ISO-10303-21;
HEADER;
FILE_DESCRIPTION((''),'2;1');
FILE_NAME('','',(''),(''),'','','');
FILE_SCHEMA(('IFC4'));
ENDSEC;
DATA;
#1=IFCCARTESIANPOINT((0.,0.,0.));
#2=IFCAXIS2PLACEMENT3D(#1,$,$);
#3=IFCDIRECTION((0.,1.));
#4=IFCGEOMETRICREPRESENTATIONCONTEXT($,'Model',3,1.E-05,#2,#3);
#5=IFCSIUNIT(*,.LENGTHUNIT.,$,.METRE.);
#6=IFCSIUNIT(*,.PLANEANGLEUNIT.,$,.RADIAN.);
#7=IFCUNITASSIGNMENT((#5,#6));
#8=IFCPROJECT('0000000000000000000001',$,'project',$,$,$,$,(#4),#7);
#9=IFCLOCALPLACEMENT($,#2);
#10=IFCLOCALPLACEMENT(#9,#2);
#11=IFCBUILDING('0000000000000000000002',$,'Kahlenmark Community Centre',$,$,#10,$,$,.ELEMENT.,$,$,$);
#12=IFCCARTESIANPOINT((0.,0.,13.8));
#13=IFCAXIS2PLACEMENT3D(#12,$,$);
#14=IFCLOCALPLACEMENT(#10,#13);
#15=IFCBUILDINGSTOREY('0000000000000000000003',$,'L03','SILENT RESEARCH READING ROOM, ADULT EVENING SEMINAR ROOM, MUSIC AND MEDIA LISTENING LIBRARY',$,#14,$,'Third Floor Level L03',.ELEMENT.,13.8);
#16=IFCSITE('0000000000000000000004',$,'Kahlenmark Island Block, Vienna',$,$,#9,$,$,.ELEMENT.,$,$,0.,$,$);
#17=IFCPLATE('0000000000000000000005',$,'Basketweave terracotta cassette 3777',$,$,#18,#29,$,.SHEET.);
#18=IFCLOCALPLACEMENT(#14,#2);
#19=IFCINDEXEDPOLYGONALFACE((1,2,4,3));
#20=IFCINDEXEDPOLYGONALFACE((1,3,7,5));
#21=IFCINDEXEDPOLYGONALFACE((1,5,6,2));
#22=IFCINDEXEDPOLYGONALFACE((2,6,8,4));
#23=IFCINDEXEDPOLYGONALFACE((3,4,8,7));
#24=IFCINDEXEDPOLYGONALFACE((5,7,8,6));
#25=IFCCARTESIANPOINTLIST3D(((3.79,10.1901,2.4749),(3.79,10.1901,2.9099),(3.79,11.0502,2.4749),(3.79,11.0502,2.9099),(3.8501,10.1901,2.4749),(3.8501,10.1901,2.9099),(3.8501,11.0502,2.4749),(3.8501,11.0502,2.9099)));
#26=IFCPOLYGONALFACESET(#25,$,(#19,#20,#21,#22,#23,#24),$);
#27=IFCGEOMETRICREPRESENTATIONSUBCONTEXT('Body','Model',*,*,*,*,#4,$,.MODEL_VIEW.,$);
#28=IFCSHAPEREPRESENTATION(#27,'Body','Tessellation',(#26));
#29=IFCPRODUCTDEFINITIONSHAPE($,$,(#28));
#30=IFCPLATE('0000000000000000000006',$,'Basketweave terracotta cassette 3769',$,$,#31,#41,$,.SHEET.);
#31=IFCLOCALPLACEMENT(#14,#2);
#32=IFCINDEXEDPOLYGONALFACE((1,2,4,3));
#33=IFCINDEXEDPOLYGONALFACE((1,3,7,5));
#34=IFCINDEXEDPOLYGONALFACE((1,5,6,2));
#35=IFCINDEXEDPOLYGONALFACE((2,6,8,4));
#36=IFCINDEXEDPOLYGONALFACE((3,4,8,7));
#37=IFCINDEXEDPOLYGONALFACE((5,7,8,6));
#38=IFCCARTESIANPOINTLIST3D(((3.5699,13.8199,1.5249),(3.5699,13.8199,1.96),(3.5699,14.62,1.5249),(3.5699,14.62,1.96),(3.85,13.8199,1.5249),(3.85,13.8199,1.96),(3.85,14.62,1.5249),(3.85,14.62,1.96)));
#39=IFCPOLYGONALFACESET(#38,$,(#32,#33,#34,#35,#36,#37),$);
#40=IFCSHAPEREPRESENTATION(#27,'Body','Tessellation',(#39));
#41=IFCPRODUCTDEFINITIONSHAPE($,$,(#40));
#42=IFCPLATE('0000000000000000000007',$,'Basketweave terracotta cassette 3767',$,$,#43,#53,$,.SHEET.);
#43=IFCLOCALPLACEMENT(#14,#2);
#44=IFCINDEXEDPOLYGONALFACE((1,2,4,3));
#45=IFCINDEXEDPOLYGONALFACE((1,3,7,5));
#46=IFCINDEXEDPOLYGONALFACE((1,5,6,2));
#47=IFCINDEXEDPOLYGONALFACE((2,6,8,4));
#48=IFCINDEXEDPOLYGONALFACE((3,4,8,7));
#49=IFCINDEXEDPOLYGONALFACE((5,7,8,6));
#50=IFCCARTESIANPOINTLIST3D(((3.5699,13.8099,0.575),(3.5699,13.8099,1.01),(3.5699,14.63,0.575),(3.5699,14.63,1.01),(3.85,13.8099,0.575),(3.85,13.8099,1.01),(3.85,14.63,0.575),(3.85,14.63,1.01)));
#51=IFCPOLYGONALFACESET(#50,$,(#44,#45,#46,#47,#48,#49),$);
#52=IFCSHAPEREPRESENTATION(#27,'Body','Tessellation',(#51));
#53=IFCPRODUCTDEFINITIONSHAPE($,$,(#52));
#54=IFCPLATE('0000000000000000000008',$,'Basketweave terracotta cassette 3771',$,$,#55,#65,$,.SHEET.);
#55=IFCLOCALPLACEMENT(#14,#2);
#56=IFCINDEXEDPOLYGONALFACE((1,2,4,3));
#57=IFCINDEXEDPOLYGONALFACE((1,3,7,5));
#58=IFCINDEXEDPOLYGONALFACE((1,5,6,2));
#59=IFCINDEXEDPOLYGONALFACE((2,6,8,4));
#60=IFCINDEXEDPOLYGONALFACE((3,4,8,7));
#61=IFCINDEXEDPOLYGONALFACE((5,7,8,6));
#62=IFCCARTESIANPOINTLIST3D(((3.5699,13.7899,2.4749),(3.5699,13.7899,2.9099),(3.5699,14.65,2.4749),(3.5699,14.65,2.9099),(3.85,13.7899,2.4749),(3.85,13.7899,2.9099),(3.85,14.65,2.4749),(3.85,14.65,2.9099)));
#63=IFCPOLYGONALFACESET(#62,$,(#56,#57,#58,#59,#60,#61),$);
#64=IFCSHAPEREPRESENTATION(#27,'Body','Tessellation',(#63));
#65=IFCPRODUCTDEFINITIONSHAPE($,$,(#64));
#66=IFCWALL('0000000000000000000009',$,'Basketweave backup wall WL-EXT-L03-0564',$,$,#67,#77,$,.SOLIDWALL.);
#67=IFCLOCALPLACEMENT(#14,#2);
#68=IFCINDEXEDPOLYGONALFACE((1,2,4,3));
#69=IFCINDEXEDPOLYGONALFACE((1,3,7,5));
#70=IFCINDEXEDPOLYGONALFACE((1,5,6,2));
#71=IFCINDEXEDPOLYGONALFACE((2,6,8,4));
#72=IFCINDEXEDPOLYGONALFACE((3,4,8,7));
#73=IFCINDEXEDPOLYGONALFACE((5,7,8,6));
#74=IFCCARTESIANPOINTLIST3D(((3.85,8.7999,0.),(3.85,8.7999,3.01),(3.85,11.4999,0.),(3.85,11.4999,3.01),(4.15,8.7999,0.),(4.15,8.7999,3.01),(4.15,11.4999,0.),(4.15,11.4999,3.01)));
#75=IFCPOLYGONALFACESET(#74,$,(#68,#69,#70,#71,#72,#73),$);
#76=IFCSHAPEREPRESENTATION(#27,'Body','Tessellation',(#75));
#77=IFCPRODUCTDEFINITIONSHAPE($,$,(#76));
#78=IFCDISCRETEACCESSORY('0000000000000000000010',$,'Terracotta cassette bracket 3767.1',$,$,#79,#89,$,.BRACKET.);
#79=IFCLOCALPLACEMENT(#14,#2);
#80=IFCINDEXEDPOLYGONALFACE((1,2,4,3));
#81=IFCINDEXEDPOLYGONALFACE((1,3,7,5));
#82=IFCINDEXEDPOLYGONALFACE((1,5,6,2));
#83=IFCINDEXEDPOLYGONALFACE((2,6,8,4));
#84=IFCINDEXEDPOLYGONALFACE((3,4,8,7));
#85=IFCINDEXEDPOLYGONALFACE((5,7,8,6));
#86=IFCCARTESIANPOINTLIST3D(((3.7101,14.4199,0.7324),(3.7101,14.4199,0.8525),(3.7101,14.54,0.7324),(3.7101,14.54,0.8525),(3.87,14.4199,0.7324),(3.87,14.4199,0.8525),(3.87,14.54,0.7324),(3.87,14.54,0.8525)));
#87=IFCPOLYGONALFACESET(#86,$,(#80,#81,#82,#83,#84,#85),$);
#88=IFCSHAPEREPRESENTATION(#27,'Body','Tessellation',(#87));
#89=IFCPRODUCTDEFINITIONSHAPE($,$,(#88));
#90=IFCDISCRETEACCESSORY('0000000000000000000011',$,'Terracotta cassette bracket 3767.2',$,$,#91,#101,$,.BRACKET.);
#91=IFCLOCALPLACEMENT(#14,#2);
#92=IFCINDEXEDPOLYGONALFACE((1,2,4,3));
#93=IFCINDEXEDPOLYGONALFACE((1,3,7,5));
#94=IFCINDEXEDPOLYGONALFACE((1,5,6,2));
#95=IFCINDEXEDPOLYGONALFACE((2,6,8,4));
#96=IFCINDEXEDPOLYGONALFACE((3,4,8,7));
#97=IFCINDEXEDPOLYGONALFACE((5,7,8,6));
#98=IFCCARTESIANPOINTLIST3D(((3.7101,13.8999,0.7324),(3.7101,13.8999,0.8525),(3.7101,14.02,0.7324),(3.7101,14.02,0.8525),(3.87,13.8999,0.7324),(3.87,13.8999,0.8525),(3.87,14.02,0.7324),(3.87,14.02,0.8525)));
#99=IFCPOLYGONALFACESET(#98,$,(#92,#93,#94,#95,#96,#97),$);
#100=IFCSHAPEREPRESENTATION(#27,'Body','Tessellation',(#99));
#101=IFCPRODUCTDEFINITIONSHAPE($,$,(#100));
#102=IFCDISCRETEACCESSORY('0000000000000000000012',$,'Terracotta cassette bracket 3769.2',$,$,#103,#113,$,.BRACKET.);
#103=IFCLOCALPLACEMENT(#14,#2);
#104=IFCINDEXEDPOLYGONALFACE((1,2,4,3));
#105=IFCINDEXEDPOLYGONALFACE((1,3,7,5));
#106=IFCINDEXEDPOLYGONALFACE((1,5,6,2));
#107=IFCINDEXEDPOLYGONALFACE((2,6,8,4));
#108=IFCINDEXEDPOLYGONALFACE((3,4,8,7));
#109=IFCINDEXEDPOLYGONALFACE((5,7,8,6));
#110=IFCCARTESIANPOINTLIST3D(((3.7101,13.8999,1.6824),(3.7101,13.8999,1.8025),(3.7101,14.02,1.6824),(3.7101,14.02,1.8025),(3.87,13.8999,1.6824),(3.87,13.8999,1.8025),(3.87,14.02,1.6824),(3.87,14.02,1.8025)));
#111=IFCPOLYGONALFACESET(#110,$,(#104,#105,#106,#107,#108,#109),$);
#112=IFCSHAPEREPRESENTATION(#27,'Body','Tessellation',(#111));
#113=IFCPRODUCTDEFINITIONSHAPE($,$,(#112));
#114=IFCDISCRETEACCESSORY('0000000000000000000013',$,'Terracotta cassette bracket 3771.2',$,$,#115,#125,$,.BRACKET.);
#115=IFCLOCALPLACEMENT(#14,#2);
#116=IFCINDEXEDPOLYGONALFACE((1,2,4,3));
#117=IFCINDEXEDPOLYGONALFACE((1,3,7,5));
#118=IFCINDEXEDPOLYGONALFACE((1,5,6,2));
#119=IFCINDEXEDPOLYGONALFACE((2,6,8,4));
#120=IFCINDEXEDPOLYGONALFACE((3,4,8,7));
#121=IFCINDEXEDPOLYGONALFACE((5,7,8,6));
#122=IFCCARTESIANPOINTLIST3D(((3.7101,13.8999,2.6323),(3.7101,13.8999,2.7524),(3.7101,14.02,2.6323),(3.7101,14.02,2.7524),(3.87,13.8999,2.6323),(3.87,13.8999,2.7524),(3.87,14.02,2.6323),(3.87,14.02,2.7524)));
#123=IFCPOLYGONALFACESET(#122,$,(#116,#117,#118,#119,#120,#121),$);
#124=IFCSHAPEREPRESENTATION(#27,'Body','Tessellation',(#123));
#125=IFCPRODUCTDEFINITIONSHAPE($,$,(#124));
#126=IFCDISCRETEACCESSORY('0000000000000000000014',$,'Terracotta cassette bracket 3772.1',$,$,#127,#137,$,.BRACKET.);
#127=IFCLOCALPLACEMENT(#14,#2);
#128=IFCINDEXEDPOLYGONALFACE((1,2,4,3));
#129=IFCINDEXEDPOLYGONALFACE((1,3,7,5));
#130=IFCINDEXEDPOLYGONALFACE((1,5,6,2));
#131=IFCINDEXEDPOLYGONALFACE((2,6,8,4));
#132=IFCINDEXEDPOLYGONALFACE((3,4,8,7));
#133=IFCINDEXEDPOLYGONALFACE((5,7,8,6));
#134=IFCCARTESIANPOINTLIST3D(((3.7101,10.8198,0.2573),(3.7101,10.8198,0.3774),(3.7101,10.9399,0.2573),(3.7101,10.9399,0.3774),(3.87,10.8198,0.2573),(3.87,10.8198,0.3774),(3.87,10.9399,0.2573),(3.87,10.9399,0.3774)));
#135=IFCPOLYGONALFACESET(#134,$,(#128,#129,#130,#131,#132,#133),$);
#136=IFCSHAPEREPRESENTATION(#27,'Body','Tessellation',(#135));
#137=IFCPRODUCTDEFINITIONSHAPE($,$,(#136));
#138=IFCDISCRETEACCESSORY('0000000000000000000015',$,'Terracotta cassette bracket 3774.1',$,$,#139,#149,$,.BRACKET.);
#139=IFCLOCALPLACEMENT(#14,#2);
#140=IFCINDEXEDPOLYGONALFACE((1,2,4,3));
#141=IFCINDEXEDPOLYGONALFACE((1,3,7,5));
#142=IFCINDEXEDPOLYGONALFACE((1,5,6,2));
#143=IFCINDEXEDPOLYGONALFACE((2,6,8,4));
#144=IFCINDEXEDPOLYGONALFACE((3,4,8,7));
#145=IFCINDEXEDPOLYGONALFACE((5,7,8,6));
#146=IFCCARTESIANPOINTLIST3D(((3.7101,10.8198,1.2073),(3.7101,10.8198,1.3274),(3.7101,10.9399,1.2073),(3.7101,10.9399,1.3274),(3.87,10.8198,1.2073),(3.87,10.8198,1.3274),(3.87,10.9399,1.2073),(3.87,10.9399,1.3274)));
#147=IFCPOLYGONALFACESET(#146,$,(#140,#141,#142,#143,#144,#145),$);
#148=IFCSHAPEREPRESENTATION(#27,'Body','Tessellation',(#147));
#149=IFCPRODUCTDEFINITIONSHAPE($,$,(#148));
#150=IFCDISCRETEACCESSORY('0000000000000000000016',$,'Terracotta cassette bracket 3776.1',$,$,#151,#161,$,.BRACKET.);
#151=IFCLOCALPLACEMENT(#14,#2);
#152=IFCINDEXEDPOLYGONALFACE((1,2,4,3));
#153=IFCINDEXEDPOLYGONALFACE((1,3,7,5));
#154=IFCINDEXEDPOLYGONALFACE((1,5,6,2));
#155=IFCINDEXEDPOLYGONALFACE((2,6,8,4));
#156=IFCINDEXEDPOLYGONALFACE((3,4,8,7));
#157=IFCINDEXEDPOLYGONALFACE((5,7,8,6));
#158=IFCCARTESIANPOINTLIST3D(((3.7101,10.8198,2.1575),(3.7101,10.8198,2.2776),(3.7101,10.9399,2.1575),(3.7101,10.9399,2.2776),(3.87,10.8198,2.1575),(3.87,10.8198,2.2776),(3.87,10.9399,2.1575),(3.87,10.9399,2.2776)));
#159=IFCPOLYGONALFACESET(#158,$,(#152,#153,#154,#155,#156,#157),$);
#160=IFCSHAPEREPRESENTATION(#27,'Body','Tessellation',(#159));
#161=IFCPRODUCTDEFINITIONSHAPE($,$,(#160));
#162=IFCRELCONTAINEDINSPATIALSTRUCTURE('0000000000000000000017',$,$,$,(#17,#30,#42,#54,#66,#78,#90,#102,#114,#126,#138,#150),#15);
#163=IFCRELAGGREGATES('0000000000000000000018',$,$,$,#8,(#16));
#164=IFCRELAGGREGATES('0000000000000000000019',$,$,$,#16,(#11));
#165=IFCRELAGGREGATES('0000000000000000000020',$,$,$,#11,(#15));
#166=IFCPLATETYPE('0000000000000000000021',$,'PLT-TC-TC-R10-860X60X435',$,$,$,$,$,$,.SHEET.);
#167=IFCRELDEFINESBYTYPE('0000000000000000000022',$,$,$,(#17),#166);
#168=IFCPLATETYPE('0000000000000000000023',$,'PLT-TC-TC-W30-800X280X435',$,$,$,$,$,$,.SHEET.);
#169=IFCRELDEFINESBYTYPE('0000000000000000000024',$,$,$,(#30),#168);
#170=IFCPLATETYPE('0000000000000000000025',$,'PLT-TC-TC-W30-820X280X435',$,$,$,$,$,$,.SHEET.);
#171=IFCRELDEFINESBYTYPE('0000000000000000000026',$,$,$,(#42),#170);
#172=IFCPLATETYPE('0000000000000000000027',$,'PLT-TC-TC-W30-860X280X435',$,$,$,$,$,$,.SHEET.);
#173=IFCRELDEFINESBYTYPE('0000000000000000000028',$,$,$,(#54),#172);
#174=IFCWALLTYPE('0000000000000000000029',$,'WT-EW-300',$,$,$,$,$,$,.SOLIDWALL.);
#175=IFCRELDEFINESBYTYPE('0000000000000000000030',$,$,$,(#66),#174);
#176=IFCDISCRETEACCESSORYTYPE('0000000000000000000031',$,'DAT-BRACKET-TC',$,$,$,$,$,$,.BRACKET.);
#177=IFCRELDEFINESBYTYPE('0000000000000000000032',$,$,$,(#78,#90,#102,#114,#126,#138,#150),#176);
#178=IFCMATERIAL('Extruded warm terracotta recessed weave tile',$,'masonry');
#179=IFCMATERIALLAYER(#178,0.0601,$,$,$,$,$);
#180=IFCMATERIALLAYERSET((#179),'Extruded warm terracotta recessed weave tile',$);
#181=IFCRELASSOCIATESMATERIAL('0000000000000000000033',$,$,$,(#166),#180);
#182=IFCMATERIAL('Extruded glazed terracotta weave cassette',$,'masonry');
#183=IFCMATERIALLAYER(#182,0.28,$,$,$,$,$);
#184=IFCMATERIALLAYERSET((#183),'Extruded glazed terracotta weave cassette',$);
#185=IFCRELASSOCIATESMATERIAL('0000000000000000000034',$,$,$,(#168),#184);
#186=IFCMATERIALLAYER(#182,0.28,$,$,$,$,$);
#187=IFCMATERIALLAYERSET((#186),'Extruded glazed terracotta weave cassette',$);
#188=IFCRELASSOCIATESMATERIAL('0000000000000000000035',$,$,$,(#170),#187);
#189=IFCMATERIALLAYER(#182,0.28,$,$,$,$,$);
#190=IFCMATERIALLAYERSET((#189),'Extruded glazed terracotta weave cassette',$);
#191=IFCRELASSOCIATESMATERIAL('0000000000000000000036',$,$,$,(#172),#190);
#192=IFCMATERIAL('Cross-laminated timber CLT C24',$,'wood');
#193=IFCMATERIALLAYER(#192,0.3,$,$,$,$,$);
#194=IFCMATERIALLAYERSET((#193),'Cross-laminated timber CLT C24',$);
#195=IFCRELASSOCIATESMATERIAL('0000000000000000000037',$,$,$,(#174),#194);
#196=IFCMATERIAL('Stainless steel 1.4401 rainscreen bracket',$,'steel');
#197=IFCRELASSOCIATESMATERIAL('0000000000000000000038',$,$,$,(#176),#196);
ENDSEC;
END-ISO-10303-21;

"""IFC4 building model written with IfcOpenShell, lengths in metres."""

from ifc_helpers import new_model, si_unit, direction, frame, frame_2d, origin, origin_2d, place, context, subcontext, project, spatial, rectangle, extrude, material, layer, layer_set, type_object, element, save


model = new_model("IFC4")

# Units and contexts
model_context = context("Model", 3, precision=1e-05, world=origin(), true_north=direction((0.0, 1.0)))
body_context = subcontext(model_context, "Body", "Model", "MODEL_VIEW")
ifc_project = project(units=[si_unit("LENGTHUNIT", "METRE"), si_unit("PLANEANGLEUNIT", "RADIAN")], contexts=[model_context])

# Site, building, storey
site_placement = place(None, origin())
site = spatial("IfcSite", under=ifc_project, at=site_placement, Name="Kahlenmark Island Block, Vienna", CompositionType="ELEMENT", RefElevation=0.0)
building_placement = place(site_placement, origin())
building = spatial("IfcBuilding", under=site, at=building_placement, Name="Kahlenmark Community Centre", CompositionType="ELEMENT")
storey_placement = place(building_placement, frame((0.0, 0.0, 13.8)))
storey = spatial("IfcBuildingStorey", under=building, at=storey_placement, Name="L03", Description="SILENT RESEARCH READING ROOM, ADULT EVENING SEMINAR ROOM, MUSIC AND MEDIA LISTENING LIBRARY", LongName="Third Floor Level L03", CompositionType="ELEMENT", Elevation=13.8)

# Plates
ifc_material_1 = material(Name="Extruded warm terracotta recessed weave tile", Category="masonry")
ifc_layer_1 = layer(ifc_material_1, 0.0601)
ifc_layer_set_1 = layer_set([ifc_layer_1], Name="Extruded warm terracotta recessed weave tile")
plate_type_1 = type_object("IfcPlateType", Name="PLT-TC-TC-R10-860X60X435", PredefinedType="SHEET", material=ifc_layer_set_1)
for number, where, z_axis, x_axis, name in (
    (1, (3.8201, 10.6201, 2.4749), (0.0, 0.0, 1.0), (0.0, -1.0, 0.0), "Basketweave terracotta cassette 3777"),
):
    element("IfcPlate", number, at=place(storey_placement, frame(where, z_axis=z_axis, x_axis=x_axis)), inside=storey, type_object=plate_type_1, Name=name, PredefinedType="SHEET", context=body_context, shape_type="SweptSolid", body=[
        extrude(rectangle(XDim=0.8601, YDim=0.0601, at=origin_2d()), origin(), (0.0, 0.0, 1.0), 0.4351),
    ])
ifc_material_2 = material(Name="Extruded glazed terracotta weave cassette", Category="masonry")
ifc_layer_2 = layer(ifc_material_2, 0.28)
ifc_layer_set_2 = layer_set([ifc_layer_2], Name="Extruded glazed terracotta weave cassette")
plate_type_2 = type_object("IfcPlateType", Name="PLT-TC-TC-W30-800X280X435", PredefinedType="SHEET", material=ifc_layer_set_2)
plate_1_placement = place(storey_placement, frame((3.71, 14.22, 1.5249), z_axis=(0.0, 0.0, 1.0), x_axis=(0.0, -1.0, 0.0)))
element("IfcPlate", 2, at=plate_1_placement, inside=storey, type_object=plate_type_2, Name="Basketweave terracotta cassette 3769", PredefinedType="SHEET", context=body_context, shape_type="SweptSolid", body=[
    extrude(rectangle(XDim=0.8, YDim=0.28, at=origin_2d()), origin(), (0.0, 0.0, 1.0), 0.4351),
])
ifc_layer_3 = layer(ifc_material_2, 0.28)
ifc_layer_set_3 = layer_set([ifc_layer_3], Name="Extruded glazed terracotta weave cassette")
plate_type_3 = type_object("IfcPlateType", Name="PLT-TC-TC-W30-820X280X435", PredefinedType="SHEET", material=ifc_layer_set_3)
plate_2_placement = place(storey_placement, frame((3.71, 14.22, 0.575), z_axis=(0.0, 0.0, 1.0), x_axis=(0.0, -1.0, 0.0)))
element("IfcPlate", 3, at=plate_2_placement, inside=storey, type_object=plate_type_3, Name="Basketweave terracotta cassette 3767", PredefinedType="SHEET", context=body_context, shape_type="SweptSolid", body=[
    extrude(rectangle(XDim=0.8201, YDim=0.28, at=origin_2d()), origin(), (0.0, 0.0, 1.0), 0.4351),
])
ifc_layer_4 = layer(ifc_material_2, 0.28)
ifc_layer_set_4 = layer_set([ifc_layer_4], Name="Extruded glazed terracotta weave cassette")
plate_type_4 = type_object("IfcPlateType", Name="PLT-TC-TC-W30-860X280X435", PredefinedType="SHEET", material=ifc_layer_set_4)
plate_3_placement = place(storey_placement, frame((3.71, 14.22, 2.4749), z_axis=(0.0, 0.0, 1.0), x_axis=(0.0, -1.0, 0.0)))
element("IfcPlate", 4, at=plate_3_placement, inside=storey, type_object=plate_type_4, Name="Basketweave terracotta cassette 3771", PredefinedType="SHEET", context=body_context, shape_type="SweptSolid", body=[
    extrude(rectangle(XDim=0.8601, YDim=0.28, at=origin_2d()), origin(), (0.0, 0.0, 1.0), 0.4351),
])

# Wall
ifc_material_3 = material(Name="Cross-laminated timber CLT C24", Category="wood")
ifc_layer_5 = layer(ifc_material_3, 0.3)
ifc_layer_set_5 = layer_set([ifc_layer_5], Name="Cross-laminated timber CLT C24")
wall_type = type_object("IfcWallType", Name="WT-EW-300", PredefinedType="SOLIDWALL", material=ifc_layer_set_5)
wall_placement = place(storey_placement, frame((4.0, 11.5, 0.0), z_axis=(0.0, 0.0, 1.0), x_axis=(0.0, -1.0, 0.0)))
element("IfcWall", 5, at=wall_placement, inside=storey, type_object=wall_type, Name="Basketweave backup wall WL-EXT-L03-0564", PredefinedType="SOLIDWALL", context=body_context, shape_type="SweptSolid", body=[
    extrude(rectangle(XDim=2.7, YDim=0.3, at=frame_2d((1.3501, 0.0))), origin(), (0.0, 0.0, 1.0), 3.01),
])

# Discrete accessories
ifc_material_4 = material(Name="Stainless steel 1.4401 rainscreen bracket", Category="steel")
discrete_accessory_type = type_object("IfcDiscreteAccessoryType", Name="DAT-BRACKET-TC", PredefinedType="BRACKET", material=ifc_material_4)
for number, where, z_axis, x_axis, name in (
    (6, (3.79, 14.48, 0.7324), (0.0, 0.0, 1.0), (0.0, -1.0, 0.0), "Terracotta cassette bracket 3767.1"),
    (7, (3.79, 13.96, 0.7324), (0.0, 0.0, 1.0), (0.0, -1.0, 0.0), "Terracotta cassette bracket 3767.2"),
    (8, (3.79, 13.96, 1.6824), (0.0, 0.0, 1.0), (0.0, -1.0, 0.0), "Terracotta cassette bracket 3769.2"),
    (9, (3.79, 13.96, 2.6323), (0.0, 0.0, 1.0), (0.0, -1.0, 0.0), "Terracotta cassette bracket 3771.2"),
    (10, (3.79, 10.8799, 0.2573), (0.0, 0.0, 1.0), (0.0, -1.0, 0.0), "Terracotta cassette bracket 3772.1"),
    (11, (3.79, 10.8799, 1.2073), (0.0, 0.0, 1.0), (0.0, -1.0, 0.0), "Terracotta cassette bracket 3774.1"),
    (12, (3.79, 10.8799, 2.1575), (0.0, 0.0, 1.0), (0.0, -1.0, 0.0), "Terracotta cassette bracket 3776.1"),
):
    element("IfcDiscreteAccessory", number, at=place(storey_placement, frame(where, z_axis=z_axis, x_axis=x_axis)), inside=storey, type_object=discrete_accessory_type, Name=name, PredefinedType="BRACKET", context=body_context, shape_type="SweptSolid", body=[
        extrude(rectangle(XDim=0.1201, YDim=0.1599, at=origin_2d()), origin(), (0.0, 0.0, 1.0), 0.1201),
    ])

save(model, "model.ifc")
